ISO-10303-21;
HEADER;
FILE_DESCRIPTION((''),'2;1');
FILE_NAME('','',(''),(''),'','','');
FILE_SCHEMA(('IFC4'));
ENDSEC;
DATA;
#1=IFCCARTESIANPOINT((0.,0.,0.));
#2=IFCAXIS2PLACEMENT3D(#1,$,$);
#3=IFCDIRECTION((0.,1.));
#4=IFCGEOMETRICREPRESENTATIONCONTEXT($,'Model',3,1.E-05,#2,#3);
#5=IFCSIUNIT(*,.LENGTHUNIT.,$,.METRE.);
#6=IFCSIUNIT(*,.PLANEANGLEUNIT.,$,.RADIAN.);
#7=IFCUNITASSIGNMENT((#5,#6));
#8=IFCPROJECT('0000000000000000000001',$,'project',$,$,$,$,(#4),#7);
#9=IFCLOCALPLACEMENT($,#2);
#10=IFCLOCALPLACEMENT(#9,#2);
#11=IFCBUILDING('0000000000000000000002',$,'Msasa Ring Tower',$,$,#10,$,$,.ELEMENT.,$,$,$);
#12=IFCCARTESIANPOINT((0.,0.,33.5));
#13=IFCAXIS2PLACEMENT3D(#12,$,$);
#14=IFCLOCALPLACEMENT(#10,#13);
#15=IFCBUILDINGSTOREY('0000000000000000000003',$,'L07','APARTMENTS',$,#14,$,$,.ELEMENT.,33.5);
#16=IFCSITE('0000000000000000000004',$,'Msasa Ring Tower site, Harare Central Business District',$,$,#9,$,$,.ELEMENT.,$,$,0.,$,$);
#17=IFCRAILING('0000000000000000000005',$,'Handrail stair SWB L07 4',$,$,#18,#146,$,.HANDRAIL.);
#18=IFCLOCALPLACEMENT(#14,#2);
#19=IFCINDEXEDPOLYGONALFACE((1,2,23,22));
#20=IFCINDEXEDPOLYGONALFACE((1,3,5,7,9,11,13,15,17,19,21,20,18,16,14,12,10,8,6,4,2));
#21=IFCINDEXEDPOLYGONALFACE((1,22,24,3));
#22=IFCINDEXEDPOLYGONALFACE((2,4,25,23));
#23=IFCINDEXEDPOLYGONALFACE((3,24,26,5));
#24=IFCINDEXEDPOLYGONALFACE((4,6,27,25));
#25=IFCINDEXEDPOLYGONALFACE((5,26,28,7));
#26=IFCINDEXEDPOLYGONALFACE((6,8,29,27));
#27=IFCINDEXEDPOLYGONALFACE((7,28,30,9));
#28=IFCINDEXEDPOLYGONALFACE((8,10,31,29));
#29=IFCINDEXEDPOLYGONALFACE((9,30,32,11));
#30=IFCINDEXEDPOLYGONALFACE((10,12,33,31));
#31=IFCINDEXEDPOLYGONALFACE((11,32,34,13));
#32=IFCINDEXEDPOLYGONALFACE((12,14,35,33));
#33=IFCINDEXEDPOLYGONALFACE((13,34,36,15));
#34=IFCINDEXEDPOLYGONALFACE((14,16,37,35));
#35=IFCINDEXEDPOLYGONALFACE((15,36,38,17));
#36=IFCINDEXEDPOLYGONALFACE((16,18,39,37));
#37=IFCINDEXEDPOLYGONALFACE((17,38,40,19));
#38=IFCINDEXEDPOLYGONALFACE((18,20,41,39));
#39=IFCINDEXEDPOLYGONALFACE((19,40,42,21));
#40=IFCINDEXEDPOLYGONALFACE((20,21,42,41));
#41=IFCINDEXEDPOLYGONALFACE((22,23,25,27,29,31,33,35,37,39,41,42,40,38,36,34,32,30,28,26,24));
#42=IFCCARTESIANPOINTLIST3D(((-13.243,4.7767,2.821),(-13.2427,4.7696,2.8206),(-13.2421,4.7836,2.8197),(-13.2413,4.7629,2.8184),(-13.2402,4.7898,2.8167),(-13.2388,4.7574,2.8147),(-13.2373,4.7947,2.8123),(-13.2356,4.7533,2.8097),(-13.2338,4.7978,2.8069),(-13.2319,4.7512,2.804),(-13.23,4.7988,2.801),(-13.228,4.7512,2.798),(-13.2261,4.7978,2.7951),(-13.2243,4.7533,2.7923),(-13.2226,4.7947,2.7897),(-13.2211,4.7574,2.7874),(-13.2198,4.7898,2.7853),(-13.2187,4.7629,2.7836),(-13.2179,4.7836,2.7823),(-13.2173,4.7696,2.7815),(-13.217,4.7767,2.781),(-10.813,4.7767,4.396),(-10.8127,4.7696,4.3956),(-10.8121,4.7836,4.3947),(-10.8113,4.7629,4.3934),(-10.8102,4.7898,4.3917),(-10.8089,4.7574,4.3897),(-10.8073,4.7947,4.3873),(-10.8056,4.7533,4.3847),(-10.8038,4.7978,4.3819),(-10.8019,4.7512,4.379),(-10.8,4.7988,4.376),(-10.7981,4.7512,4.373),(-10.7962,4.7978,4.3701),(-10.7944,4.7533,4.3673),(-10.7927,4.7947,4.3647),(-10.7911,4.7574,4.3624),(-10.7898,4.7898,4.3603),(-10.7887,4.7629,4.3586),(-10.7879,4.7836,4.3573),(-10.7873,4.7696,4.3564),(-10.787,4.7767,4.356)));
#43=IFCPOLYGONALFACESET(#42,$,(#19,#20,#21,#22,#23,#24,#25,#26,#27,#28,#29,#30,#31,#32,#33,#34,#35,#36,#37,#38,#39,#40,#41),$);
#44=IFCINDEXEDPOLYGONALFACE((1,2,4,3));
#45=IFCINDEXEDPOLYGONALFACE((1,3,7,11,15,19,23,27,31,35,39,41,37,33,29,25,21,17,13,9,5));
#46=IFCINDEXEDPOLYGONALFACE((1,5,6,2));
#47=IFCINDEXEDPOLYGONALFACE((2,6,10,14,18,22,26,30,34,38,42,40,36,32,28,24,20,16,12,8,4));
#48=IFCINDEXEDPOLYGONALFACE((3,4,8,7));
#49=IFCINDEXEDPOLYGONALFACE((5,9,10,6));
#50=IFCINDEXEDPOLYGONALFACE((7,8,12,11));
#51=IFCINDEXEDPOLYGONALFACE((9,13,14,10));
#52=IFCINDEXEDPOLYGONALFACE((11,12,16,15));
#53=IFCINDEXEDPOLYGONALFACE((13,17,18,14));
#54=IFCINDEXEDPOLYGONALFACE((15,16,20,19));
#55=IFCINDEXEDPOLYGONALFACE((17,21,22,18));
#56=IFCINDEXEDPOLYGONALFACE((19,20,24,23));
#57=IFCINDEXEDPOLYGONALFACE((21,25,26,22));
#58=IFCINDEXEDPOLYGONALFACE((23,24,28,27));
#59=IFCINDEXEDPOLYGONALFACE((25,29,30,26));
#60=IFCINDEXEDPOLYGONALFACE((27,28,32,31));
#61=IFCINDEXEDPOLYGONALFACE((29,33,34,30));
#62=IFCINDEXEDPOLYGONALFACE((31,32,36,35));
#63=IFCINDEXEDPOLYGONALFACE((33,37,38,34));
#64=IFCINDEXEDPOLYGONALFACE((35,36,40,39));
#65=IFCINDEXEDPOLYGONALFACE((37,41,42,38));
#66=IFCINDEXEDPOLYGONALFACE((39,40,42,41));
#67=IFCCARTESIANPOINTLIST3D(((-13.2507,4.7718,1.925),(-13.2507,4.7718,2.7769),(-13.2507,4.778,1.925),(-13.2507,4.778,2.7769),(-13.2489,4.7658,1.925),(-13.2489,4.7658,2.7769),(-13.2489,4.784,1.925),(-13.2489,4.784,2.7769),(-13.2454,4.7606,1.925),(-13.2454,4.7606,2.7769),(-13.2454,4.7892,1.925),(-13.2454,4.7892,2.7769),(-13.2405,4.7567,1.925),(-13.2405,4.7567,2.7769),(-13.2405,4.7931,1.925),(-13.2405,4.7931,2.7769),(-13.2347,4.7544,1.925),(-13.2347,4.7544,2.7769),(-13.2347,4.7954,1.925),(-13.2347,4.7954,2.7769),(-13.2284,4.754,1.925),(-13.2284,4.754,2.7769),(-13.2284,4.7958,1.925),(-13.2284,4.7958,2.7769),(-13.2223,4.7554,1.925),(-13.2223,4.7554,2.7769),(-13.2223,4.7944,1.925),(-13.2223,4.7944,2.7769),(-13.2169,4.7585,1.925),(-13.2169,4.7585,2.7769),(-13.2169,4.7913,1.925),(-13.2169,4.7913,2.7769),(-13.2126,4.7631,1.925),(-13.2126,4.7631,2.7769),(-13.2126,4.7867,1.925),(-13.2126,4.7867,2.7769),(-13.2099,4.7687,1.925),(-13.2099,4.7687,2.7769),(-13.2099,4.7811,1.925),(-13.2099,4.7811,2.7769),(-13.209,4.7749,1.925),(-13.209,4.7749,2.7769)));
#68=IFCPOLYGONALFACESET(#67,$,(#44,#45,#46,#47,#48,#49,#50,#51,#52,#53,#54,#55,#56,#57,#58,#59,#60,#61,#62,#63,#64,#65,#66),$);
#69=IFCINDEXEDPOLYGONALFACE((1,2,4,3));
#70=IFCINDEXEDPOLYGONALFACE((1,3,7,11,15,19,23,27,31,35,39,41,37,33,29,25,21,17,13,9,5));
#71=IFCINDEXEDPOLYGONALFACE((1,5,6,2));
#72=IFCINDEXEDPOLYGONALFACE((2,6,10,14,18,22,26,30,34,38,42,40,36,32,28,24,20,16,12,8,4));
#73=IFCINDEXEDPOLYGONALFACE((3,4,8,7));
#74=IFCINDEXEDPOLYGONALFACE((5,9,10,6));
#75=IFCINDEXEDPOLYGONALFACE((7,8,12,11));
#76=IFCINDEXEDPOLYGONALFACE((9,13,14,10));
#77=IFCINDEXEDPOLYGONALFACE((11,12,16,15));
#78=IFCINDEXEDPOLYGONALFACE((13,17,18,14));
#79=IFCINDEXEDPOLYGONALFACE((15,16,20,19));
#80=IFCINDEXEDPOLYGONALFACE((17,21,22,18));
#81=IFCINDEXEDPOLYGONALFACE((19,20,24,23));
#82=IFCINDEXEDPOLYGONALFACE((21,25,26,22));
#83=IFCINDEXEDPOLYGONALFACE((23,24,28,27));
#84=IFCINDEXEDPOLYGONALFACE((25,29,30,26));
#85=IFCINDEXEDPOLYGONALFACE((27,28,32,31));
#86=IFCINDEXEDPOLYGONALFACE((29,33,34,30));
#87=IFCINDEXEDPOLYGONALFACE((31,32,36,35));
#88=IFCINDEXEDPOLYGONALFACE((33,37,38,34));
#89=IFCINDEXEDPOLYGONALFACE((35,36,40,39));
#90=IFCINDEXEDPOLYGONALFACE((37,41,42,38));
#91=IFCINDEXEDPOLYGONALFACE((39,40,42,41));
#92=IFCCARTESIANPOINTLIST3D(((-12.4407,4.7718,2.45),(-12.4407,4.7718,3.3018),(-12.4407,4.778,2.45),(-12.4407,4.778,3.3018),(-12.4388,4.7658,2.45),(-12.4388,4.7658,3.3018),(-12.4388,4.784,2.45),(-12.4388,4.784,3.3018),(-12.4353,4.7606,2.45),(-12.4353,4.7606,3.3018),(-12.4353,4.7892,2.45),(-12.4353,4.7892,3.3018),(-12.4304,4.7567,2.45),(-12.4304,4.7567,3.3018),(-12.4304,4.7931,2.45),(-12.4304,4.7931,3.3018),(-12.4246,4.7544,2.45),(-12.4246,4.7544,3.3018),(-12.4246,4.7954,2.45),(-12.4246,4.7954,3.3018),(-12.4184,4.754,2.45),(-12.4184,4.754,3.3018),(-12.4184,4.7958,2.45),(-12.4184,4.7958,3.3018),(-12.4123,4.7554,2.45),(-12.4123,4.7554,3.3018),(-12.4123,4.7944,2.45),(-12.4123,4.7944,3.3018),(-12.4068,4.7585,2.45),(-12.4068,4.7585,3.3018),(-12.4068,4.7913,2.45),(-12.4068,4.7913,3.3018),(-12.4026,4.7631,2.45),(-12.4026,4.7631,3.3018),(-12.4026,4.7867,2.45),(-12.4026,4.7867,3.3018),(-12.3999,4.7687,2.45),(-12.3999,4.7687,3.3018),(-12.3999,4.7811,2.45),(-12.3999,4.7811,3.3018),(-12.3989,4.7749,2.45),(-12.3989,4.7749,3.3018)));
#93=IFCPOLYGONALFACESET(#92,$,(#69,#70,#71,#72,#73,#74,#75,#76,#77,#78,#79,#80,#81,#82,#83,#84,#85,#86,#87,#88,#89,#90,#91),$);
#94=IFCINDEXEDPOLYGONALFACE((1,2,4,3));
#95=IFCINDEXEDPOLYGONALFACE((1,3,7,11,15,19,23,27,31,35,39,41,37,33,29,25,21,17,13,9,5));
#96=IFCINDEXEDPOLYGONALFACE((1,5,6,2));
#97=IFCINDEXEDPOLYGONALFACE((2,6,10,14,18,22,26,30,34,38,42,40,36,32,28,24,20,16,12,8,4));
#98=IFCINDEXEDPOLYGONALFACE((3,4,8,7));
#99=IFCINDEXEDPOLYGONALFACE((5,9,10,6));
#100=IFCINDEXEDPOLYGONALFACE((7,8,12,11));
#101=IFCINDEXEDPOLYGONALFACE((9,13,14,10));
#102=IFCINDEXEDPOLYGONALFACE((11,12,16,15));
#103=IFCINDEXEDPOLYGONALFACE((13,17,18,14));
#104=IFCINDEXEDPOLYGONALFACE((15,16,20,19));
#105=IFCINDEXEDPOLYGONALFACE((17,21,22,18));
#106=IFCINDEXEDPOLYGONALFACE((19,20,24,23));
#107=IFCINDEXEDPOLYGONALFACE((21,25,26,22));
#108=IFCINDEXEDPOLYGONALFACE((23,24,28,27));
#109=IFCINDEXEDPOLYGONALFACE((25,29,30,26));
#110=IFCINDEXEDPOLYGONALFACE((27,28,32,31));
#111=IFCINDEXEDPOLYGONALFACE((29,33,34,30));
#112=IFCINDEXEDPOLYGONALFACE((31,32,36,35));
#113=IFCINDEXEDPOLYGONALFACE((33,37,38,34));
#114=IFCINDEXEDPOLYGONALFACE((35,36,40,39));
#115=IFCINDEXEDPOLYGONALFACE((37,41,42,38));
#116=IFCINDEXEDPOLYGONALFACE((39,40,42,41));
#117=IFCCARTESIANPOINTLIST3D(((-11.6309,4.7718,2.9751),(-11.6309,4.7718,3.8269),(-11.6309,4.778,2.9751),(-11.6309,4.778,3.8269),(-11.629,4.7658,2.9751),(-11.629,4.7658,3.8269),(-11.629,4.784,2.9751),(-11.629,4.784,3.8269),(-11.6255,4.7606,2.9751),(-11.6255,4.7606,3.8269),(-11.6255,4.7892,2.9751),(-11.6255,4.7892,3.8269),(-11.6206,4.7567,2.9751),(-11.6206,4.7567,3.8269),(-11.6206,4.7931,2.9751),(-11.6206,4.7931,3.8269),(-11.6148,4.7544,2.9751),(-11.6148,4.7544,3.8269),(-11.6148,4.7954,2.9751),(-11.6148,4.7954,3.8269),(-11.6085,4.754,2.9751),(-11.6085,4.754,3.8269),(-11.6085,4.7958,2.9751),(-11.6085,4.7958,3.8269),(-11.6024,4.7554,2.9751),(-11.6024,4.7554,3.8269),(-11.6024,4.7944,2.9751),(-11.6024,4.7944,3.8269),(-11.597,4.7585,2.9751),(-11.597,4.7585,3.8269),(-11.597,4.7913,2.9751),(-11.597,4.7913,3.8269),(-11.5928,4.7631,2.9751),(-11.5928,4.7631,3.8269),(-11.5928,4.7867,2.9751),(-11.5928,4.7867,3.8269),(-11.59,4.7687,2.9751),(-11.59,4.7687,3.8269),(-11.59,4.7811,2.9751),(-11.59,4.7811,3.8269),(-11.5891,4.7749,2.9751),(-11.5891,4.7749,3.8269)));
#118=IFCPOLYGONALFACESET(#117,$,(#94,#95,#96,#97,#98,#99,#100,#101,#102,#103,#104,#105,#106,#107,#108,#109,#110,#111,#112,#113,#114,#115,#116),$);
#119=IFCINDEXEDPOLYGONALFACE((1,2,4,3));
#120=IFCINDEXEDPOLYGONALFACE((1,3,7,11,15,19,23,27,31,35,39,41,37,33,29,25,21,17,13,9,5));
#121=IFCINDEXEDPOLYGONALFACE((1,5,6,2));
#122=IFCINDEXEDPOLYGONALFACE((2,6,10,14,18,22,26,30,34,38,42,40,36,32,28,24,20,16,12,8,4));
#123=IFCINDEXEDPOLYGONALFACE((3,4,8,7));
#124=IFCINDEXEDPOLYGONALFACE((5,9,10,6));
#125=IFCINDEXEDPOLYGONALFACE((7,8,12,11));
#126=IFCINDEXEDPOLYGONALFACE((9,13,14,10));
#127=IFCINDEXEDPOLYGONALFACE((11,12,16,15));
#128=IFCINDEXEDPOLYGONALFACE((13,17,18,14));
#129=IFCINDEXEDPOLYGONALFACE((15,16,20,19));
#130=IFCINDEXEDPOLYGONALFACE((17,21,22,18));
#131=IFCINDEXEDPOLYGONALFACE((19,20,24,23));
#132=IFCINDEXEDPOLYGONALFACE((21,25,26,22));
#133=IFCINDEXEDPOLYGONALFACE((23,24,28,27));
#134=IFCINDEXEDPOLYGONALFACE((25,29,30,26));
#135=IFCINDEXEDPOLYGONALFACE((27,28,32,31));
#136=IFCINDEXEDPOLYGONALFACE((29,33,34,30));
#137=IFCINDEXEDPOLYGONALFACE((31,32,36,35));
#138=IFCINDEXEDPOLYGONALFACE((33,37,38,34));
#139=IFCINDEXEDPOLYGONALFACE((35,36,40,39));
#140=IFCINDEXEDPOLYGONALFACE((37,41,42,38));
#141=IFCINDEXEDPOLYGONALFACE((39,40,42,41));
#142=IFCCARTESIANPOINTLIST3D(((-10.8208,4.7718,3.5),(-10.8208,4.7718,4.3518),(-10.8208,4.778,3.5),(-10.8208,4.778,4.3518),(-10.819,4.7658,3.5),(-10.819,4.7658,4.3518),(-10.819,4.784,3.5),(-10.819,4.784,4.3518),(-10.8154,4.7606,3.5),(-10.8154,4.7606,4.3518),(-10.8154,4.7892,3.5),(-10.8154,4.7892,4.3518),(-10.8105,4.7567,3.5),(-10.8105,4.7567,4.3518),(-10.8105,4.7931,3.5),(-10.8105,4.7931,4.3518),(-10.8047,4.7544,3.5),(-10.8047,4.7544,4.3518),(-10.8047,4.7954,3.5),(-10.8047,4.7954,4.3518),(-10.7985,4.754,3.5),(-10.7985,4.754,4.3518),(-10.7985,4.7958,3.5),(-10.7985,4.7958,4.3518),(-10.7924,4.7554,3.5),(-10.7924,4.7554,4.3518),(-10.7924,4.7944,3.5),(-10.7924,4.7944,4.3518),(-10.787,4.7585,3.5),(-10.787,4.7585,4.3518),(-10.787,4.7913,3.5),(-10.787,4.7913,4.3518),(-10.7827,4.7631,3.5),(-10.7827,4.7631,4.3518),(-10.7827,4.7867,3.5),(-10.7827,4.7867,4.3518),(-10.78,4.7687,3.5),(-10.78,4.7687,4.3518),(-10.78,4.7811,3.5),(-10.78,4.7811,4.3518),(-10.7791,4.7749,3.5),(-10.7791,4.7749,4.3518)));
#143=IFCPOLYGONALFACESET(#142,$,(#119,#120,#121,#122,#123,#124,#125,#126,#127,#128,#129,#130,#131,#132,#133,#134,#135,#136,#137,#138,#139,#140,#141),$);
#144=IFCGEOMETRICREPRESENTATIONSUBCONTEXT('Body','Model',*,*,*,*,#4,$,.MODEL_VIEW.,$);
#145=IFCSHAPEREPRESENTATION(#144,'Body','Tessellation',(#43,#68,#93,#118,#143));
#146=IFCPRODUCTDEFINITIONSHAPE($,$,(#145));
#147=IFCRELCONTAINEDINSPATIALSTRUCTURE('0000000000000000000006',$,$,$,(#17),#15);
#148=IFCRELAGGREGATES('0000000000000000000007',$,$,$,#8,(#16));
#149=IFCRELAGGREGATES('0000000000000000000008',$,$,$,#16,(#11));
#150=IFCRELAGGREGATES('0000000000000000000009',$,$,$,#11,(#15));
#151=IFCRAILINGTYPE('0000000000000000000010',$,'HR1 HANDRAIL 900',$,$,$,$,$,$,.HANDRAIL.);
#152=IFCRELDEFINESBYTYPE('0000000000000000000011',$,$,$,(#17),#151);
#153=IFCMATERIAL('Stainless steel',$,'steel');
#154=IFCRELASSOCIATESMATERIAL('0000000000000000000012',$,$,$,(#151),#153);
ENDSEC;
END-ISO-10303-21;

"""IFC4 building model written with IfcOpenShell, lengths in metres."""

from ifc_helpers import new_model, si_unit, direction, frame, origin, origin_2d, place, context, subcontext, project, spatial, circle, extrude, material, type_object, element, save


model = new_model("IFC4")

# Units and contexts
model_context = context("Model", 3, precision=1e-05, world=origin(), true_north=direction((0.0, 1.0)))
body_context = subcontext(model_context, "Body", "Model", "MODEL_VIEW")
ifc_project = project(units=[si_unit("LENGTHUNIT", "METRE"), si_unit("PLANEANGLEUNIT", "RADIAN")], contexts=[model_context])

# Site, building, storey
site_placement = place(None, origin())
site = spatial("IfcSite", under=ifc_project, at=site_placement, Name="Msasa Ring Tower site, Harare Central Business District", CompositionType="ELEMENT", RefElevation=0.0)
building_placement = place(site_placement, origin())
building = spatial("IfcBuilding", under=site, at=building_placement, Name="Msasa Ring Tower", CompositionType="ELEMENT")
storey_placement = place(building_placement, frame((0.0, 0.0, 33.5)))
storey = spatial("IfcBuildingStorey", under=building, at=storey_placement, Name="L07", Description="APARTMENTS", CompositionType="ELEMENT", Elevation=33.5)

# Railing
ifc_material_1 = material(Name="Stainless steel", Category="steel")
railing_type = type_object("IfcRailingType", Name="HR1 HANDRAIL 900", PredefinedType="HANDRAIL", material=ifc_material_1)
for number, where, name in (
    (1, (-13.23, 4.7749, 1.925), "Handrail stair SWB L07 4"),
):
    element("IfcRailing", number, at=place(storey_placement, frame(where)), inside=storey, type_object=railing_type, Name=name, PredefinedType="HANDRAIL", context=body_context, shape_type="SweptSolid", body=[
        extrude(circle(Radius=0.0239, at=origin_2d()), frame((0.0, 0.0, 0.876), z_axis=(0.839154, 0.0, 0.543894), x_axis=(0.0, 1.0, 0.0)), (0.0, 0.0, 1.0), 2.8958),
        extrude(circle(Radius=0.021, at=origin_2d()), origin(), (0.0, 0.0, 1.0), 0.8518),
        extrude(circle(Radius=0.021, at=origin_2d()), frame((0.8101, 0.0, 0.5249)), (0.0, 0.0, 1.0), 0.8518),
        extrude(circle(Radius=0.021, at=origin_2d()), frame((1.6199, 0.0, 1.05)), (0.0, 0.0, 1.0), 0.8518),
        extrude(circle(Radius=0.021, at=origin_2d()), frame((2.4299, 0.0, 1.575)), (0.0, 0.0, 1.0), 0.8518),
    ])

save(model, "model.ifc")
